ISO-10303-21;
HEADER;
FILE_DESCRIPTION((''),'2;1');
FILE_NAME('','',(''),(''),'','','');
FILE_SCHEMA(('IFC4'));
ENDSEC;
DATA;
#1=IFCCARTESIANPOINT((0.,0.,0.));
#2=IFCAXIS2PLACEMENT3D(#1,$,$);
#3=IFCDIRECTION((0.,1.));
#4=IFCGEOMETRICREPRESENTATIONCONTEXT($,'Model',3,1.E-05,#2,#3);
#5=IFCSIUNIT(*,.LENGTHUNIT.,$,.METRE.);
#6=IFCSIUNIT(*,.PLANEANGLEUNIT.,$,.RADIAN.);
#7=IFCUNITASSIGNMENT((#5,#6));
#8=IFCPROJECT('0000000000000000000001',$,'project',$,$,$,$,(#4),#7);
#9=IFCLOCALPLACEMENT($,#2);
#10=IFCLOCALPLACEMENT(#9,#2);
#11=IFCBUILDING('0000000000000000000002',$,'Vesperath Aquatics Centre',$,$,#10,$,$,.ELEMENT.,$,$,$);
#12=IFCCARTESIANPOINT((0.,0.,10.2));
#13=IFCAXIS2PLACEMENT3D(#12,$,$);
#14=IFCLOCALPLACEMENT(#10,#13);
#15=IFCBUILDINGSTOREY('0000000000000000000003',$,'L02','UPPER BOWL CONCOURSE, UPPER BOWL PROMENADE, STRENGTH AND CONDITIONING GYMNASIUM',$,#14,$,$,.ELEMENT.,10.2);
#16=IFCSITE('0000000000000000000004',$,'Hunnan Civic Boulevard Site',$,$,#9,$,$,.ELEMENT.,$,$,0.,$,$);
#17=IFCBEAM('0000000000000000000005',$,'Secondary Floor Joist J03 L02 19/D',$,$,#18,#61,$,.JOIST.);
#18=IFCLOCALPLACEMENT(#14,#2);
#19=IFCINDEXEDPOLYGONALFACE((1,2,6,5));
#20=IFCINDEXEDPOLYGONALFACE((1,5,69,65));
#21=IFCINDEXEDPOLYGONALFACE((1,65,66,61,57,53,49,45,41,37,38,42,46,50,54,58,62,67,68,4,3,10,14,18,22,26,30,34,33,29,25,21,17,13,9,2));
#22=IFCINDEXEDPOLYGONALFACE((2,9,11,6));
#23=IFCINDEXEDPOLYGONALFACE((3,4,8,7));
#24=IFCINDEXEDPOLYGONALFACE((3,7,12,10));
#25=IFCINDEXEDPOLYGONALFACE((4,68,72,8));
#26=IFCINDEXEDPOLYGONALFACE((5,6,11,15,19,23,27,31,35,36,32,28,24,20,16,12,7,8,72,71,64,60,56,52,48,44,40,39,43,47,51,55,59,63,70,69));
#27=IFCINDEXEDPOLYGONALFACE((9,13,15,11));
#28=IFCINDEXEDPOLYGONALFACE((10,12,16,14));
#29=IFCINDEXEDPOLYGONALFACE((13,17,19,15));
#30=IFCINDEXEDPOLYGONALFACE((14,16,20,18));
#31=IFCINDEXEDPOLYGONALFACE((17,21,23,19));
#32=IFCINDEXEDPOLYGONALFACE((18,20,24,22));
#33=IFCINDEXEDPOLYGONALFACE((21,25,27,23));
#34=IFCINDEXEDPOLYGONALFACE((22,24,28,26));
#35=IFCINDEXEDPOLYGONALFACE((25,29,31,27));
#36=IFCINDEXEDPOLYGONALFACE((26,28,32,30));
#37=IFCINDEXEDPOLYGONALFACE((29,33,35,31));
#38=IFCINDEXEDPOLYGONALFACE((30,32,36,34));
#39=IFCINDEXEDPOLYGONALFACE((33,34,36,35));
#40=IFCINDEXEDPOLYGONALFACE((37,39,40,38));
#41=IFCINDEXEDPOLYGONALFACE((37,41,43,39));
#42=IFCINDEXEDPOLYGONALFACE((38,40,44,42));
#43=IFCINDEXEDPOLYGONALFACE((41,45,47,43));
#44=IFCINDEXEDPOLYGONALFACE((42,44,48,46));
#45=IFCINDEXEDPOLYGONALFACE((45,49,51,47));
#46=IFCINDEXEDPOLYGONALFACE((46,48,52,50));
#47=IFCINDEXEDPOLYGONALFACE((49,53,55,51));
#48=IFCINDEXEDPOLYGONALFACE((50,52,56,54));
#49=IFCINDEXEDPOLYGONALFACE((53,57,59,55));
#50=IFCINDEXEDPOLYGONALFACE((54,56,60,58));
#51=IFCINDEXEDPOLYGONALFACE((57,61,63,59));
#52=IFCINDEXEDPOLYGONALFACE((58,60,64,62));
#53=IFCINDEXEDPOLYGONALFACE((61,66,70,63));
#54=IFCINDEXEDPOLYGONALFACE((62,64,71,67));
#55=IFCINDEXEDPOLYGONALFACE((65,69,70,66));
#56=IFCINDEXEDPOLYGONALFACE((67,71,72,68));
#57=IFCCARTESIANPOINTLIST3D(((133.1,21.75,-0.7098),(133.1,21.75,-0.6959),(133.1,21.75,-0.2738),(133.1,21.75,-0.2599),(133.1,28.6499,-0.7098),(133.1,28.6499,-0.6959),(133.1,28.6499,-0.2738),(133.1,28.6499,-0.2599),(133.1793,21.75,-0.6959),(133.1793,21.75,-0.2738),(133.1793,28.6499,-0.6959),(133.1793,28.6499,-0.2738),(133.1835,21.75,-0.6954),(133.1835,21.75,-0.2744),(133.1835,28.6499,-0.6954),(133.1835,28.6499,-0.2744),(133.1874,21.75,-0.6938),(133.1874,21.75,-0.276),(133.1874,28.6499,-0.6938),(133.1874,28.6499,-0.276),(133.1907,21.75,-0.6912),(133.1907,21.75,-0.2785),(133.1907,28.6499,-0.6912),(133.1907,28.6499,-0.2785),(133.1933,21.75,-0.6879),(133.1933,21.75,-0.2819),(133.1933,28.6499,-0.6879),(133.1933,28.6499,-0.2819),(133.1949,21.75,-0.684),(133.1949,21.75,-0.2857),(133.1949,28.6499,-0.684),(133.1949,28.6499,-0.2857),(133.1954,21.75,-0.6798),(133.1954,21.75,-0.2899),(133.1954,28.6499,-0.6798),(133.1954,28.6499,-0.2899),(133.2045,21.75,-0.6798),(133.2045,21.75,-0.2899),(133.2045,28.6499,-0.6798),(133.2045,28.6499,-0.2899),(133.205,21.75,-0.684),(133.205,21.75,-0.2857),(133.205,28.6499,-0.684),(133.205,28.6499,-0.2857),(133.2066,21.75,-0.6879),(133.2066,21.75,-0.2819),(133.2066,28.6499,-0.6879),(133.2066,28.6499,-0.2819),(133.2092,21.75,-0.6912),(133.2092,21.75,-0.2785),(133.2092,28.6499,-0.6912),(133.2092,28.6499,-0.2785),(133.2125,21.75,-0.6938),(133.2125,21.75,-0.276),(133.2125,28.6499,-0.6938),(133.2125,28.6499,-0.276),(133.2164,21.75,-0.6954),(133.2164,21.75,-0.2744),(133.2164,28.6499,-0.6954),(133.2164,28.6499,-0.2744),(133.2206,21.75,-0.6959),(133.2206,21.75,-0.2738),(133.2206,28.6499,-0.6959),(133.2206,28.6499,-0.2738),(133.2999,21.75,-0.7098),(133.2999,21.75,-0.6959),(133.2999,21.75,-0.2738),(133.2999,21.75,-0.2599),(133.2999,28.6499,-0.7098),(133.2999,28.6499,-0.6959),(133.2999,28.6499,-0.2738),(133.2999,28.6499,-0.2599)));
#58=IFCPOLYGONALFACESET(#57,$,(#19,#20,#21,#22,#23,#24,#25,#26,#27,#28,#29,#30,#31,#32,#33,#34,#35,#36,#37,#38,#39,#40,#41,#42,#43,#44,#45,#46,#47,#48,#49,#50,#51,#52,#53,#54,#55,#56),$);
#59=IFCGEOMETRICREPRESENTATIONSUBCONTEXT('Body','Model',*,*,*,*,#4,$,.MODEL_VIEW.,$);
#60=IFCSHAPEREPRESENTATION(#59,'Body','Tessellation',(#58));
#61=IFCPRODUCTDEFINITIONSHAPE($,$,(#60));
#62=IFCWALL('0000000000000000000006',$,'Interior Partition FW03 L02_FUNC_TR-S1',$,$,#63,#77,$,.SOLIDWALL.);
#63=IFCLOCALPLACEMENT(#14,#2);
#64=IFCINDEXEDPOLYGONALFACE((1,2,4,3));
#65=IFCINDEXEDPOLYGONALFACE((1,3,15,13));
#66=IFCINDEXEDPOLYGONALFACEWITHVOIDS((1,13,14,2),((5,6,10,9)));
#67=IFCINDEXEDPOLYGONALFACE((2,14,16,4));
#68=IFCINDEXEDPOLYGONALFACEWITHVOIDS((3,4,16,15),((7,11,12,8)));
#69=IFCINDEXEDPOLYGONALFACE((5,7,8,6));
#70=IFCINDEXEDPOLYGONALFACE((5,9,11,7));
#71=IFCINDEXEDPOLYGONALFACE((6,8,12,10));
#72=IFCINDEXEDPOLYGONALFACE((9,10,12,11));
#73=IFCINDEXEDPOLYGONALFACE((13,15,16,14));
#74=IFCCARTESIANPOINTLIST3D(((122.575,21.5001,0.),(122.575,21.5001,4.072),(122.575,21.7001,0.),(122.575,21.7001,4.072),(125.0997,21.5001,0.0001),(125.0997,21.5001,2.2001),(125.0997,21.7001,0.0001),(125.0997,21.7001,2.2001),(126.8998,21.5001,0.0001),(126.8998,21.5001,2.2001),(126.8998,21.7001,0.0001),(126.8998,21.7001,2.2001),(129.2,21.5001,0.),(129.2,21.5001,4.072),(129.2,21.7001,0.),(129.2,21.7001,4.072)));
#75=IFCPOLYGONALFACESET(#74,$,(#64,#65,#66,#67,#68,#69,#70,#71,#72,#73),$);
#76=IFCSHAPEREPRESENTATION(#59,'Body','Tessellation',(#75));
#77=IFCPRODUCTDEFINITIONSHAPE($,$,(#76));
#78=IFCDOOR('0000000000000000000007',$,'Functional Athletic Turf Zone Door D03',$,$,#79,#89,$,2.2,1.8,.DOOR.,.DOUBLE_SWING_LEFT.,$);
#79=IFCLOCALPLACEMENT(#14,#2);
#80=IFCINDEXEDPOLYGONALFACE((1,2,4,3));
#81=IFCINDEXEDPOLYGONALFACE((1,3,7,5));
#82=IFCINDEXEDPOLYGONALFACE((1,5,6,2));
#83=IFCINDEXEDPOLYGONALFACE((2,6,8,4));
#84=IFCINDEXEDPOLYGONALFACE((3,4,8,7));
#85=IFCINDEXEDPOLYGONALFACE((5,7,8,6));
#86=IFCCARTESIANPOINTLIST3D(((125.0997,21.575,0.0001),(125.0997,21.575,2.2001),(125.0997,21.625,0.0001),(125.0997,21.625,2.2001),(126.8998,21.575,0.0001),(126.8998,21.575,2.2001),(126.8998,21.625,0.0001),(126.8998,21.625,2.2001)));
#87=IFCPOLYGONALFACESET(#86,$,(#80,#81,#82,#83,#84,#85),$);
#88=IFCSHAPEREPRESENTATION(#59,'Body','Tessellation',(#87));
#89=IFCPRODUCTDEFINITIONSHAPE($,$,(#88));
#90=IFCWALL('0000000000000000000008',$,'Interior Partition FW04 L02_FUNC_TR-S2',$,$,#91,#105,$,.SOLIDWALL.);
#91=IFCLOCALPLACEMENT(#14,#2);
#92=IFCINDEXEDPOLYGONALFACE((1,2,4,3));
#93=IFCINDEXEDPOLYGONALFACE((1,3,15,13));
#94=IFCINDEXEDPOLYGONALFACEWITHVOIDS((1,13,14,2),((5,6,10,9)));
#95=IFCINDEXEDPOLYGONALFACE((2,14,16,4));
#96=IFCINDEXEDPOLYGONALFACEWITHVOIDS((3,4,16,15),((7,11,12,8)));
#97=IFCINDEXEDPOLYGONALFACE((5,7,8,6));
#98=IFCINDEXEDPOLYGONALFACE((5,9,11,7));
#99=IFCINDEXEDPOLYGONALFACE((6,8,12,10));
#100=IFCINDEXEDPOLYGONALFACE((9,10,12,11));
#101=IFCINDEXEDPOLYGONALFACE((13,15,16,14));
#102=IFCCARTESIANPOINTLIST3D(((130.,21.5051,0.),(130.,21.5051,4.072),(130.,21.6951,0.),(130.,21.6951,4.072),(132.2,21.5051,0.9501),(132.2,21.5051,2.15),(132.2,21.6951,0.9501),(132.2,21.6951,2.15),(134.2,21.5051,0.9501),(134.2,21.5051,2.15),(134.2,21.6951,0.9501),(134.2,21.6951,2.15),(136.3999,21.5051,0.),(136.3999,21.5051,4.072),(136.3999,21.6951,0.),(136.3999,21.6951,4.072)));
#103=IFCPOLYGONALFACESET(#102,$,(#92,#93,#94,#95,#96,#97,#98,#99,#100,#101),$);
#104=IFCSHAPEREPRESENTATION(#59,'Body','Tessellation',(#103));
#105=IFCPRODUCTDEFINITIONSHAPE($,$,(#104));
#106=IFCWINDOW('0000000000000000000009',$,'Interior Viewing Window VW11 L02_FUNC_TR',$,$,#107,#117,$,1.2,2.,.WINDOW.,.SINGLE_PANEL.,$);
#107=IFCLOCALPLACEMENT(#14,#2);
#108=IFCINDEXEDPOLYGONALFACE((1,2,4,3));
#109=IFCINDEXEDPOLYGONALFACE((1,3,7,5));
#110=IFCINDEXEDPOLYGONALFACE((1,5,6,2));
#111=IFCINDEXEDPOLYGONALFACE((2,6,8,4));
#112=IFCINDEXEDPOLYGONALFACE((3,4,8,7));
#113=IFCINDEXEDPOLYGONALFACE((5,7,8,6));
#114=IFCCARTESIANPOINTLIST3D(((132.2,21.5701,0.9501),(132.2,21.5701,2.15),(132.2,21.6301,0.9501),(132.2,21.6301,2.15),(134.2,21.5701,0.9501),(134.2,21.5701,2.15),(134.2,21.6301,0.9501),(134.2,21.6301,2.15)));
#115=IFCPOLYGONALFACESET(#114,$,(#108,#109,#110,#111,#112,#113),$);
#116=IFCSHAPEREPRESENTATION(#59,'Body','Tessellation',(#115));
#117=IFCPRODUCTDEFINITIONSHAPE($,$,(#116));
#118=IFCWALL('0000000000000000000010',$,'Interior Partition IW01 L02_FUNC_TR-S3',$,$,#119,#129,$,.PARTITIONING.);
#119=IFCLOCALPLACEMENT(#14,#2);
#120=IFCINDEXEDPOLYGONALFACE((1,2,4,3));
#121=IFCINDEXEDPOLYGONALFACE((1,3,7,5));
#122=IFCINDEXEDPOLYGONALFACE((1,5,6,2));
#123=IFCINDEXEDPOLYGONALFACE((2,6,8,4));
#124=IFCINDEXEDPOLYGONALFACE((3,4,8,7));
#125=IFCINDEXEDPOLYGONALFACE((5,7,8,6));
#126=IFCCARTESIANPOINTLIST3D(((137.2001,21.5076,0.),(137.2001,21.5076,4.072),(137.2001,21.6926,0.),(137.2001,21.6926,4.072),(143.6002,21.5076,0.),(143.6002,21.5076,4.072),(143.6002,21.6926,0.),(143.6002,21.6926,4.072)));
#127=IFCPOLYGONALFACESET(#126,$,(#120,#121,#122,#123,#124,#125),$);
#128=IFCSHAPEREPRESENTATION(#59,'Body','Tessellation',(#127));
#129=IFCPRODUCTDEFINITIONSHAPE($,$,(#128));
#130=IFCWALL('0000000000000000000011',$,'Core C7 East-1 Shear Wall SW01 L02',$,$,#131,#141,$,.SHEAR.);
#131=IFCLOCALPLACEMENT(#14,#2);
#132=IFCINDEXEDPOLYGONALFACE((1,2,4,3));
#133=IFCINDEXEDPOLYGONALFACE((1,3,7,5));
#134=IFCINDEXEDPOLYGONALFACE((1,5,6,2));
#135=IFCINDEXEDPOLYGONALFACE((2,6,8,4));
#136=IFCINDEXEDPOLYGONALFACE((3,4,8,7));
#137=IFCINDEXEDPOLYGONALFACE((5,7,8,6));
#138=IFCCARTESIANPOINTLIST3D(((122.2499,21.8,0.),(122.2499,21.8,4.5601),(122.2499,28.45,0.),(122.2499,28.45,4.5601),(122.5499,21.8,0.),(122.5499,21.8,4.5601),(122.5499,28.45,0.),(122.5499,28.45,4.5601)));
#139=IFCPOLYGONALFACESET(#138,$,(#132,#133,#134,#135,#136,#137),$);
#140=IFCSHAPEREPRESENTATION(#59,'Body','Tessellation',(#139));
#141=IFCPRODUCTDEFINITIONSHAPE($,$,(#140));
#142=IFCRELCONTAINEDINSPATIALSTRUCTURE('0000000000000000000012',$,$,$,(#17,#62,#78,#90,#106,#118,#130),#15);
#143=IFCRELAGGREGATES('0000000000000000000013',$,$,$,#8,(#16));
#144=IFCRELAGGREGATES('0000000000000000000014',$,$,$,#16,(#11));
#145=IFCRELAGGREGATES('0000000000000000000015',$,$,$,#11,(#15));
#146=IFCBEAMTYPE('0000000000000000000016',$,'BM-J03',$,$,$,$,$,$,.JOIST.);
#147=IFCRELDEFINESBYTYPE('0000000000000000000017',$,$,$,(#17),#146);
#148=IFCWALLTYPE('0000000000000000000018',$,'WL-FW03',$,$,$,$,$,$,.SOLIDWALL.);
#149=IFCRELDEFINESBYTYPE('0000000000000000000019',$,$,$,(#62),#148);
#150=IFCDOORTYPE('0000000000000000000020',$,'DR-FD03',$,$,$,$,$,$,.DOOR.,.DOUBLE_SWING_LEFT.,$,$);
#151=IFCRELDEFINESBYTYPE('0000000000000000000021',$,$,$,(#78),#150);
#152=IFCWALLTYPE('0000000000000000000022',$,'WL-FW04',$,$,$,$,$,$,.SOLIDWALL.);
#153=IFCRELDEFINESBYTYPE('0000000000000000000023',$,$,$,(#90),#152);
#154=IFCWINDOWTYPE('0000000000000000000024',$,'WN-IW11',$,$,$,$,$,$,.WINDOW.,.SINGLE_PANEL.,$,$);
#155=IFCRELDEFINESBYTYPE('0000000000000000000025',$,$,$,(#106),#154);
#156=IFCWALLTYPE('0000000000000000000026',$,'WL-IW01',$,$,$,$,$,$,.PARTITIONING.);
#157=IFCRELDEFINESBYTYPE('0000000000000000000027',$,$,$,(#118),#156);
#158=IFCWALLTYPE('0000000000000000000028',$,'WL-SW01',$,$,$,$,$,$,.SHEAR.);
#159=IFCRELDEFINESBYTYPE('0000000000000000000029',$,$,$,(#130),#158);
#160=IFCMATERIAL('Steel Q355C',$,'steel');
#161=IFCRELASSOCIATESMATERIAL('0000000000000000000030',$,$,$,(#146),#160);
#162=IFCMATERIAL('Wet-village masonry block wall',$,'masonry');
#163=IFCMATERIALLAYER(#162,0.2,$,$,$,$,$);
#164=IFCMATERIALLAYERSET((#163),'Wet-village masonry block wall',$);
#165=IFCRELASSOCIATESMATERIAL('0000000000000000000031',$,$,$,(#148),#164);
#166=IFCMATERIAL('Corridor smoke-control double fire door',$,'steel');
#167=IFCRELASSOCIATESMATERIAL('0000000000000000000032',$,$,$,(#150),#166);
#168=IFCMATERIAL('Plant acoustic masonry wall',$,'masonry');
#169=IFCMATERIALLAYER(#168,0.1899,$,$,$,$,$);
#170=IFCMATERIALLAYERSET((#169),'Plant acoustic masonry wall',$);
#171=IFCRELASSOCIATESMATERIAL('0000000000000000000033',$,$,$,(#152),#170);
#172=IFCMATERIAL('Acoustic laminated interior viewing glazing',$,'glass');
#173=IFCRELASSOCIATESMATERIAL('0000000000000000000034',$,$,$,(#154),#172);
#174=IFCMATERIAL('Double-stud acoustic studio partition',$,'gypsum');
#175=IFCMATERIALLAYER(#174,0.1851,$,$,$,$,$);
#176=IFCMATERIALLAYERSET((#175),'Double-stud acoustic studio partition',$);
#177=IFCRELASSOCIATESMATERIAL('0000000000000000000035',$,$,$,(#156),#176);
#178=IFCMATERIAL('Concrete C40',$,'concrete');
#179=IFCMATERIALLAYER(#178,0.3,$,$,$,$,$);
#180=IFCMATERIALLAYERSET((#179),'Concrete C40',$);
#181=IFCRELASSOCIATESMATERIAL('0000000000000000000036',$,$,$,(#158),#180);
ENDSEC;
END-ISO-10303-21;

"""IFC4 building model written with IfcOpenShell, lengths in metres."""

from ifc_helpers import new_model, si_unit, direction, frame, frame_2d, origin, origin_2d, place, context, subcontext, project, spatial, rectangle, i_section, extrude, material, layer, layer_set, material_profile, profile_set, type_object, element, fill, save


model = new_model("IFC4")

# Units and contexts
model_context = context("Model", 3, precision=1e-05, world=origin(), true_north=direction((0.0, 1.0)))
body_context = subcontext(model_context, "Body", "Model", "MODEL_VIEW")
ifc_project = project(units=[si_unit("LENGTHUNIT", "METRE"), si_unit("PLANEANGLEUNIT", "RADIAN")], contexts=[model_context])

# Site, building, storey
site_placement = place(None, origin())
site = spatial("IfcSite", under=ifc_project, at=site_placement, Name="Hunnan Civic Boulevard Site", CompositionType="ELEMENT", RefElevation=0.0)
building_placement = place(site_placement, origin())
building = spatial("IfcBuilding", under=site, at=building_placement, Name="Vesperath Aquatics Centre", CompositionType="ELEMENT")
storey_placement = place(building_placement, frame((0.0, 0.0, 10.2)))
storey = spatial("IfcBuildingStorey", under=building, at=storey_placement, Name="L02", Description="UPPER BOWL CONCOURSE, UPPER BOWL PROMENADE, STRENGTH AND CONDITIONING GYMNASIUM", CompositionType="ELEMENT", Elevation=10.2)

# Shared definitions
ifc_material_1 = material(Name="Concrete C40", Category="concrete")

# Beam
ifc_material_2 = material(Name="Steel Q355C", Category="steel")
ifc_material_profile_1 = material_profile(ifc_material_2, i_section(OverallWidth=0.2, OverallDepth=0.45, WebThickness=0.009, FlangeThickness=0.0139, FilletRadius=0.0161, at=origin_2d()), Name="HN 450x200x9x14")
ifc_profile_set_1 = profile_set([ifc_material_profile_1], Name="Steel Q355C")
beam_type_1 = type_object("IfcBeamType", Name="BM-J03", PredefinedType="JOIST", material=ifc_profile_set_1)
for number, where, z_axis, x_axis, name in (
    (1, (133.2, 21.75, -0.4849), (0.0, 1.0, 0.0), (-1.0, 0.0, 0.0), "Secondary Floor Joist J03 L02 19/D"),
):
    element("IfcBeam", number, at=place(storey_placement, frame(where, z_axis=z_axis, x_axis=x_axis)), inside=storey, type_object=beam_type_1, Name=name, PredefinedType="JOIST", context=body_context, shape_type="SweptSolid", body=[
        extrude(i_section(OverallWidth=0.2, OverallDepth=0.45, WebThickness=0.009, FlangeThickness=0.0139, FilletRadius=0.0161, at=origin_2d()), origin(), (0.0, 0.0, 1.0), 6.8999),
    ])

# Wall, opening, door
ifc_material_3 = material(Name="Wet-village masonry block wall", Category="masonry")
ifc_layer_1 = layer(ifc_material_3, 0.2)
ifc_layer_set_1 = layer_set([ifc_layer_1], Name="Wet-village masonry block wall")
wall_type_1 = type_object("IfcWallType", Name="WL-FW03", PredefinedType="SOLIDWALL", material=ifc_layer_set_1)
wall_1_placement = place(storey_placement, frame((122.575, 21.6001, 0.0), z_axis=(0.0, 0.0, 1.0), x_axis=(1.0, 0.0, 0.0)))
wall_1 = element("IfcWall", 2, at=wall_1_placement, inside=storey, type_object=wall_type_1, Name="Interior Partition FW03 L02_FUNC_TR-S1", PredefinedType="SOLIDWALL", context=body_context, shape_type="SweptSolid", body=[
    extrude(rectangle(XDim=6.625, YDim=0.2, at=frame_2d((3.3125, 0.0))), origin(), (0.0, 0.0, 1.0), 4.072),
])
opening_1_placement = place(wall_1_placement, frame((2.5249, 0.0, 0.0)))
opening_1 = element("IfcOpeningElement", 3, at=opening_1_placement, cuts=wall_1, PredefinedType="OPENING", context=body_context, shape_type="SweptSolid", body=[
    extrude(rectangle(XDim=1.8, YDim=2.2, at=frame_2d((0.8999, 1.1001))), frame((0.0, 0.1147, 0.0), z_axis=(0.0, -1.0, 0.0), x_axis=(1.0, 0.0, 0.0)), (0.0, 0.0, 1.0), 0.2297),
])
ifc_material_4 = material(Name="Corridor smoke-control double fire door", Category="steel")
door_type = type_object("IfcDoorType", Name="DR-FD03", OperationType="DOUBLE_SWING_LEFT", PredefinedType="DOOR", material=ifc_material_4)
door_placement = place(opening_1_placement, origin())
door = element("IfcDoor", 4, at=door_placement, inside=storey, type_object=door_type, Name="Functional Athletic Turf Zone Door D03", OperationType="DOUBLE_SWING_LEFT", OverallHeight=2.2, OverallWidth=1.8, PredefinedType="DOOR", context=body_context, shape_type="SweptSolid", body=[
    extrude(rectangle(XDim=1.8, YDim=2.2, at=frame_2d((0.8999, 1.1001))), frame((0.0, 0.0249, 0.0), z_axis=(0.0, -1.0, 0.0), x_axis=(1.0, 0.0, 0.0)), (0.0, 0.0, 1.0), 0.05),
])
fill(opening_1, door)

# Wall, opening, window
ifc_material_5 = material(Name="Plant acoustic masonry wall", Category="masonry")
ifc_layer_2 = layer(ifc_material_5, 0.1899)
ifc_layer_set_2 = layer_set([ifc_layer_2], Name="Plant acoustic masonry wall")
wall_type_2 = type_object("IfcWallType", Name="WL-FW04", PredefinedType="SOLIDWALL", material=ifc_layer_set_2)
wall_2_placement = place(storey_placement, frame((130.0, 21.6001, 0.0), z_axis=(0.0, 0.0, 1.0), x_axis=(1.0, 0.0, 0.0)))
wall_2 = element("IfcWall", 5, at=wall_2_placement, inside=storey, type_object=wall_type_2, Name="Interior Partition FW04 L02_FUNC_TR-S2", PredefinedType="SOLIDWALL", context=body_context, shape_type="SweptSolid", body=[
    extrude(rectangle(XDim=6.3999, YDim=0.1899, at=frame_2d((3.2, 0.0))), origin(), (0.0, 0.0, 1.0), 4.072),
])
opening_2_placement = place(wall_2_placement, frame((2.2, 0.0, 0.95)))
opening_2 = element("IfcOpeningElement", 6, at=opening_2_placement, cuts=wall_2, PredefinedType="OPENING", context=body_context, shape_type="SweptSolid", body=[
    extrude(rectangle(XDim=2.0, YDim=1.2, at=frame_2d((1.0, 0.6001))), frame((0.0, 0.1099, 0.0), z_axis=(0.0, -1.0, 0.0), x_axis=(1.0, 0.0, 0.0)), (0.0, 0.0, 1.0), 0.2197),
])
ifc_material_6 = material(Name="Acoustic laminated interior viewing glazing", Category="glass")
window_type = type_object("IfcWindowType", Name="WN-IW11", PartitioningType="SINGLE_PANEL", PredefinedType="WINDOW", material=ifc_material_6)
window_placement = place(opening_2_placement, origin())
window = element("IfcWindow", 7, at=window_placement, inside=storey, type_object=window_type, Name="Interior Viewing Window VW11 L02_FUNC_TR", OverallHeight=1.2, OverallWidth=2.0, PartitioningType="SINGLE_PANEL", PredefinedType="WINDOW", context=body_context, shape_type="SweptSolid", body=[
    extrude(rectangle(XDim=2.0, YDim=1.2, at=frame_2d((1.0, 0.6001))), frame((0.0, 0.03, 0.0), z_axis=(0.0, -1.0, 0.0), x_axis=(1.0, 0.0, 0.0)), (0.0, 0.0, 1.0), 0.0601),
])
fill(opening_2, window)

# Walls
ifc_material_7 = material(Name="Double-stud acoustic studio partition", Category="gypsum")
ifc_layer_3 = layer(ifc_material_7, 0.1851)
ifc_layer_set_3 = layer_set([ifc_layer_3], Name="Double-stud acoustic studio partition")
wall_type_3 = type_object("IfcWallType", Name="WL-IW01", PredefinedType="PARTITIONING", material=ifc_layer_set_3)
wall_3_placement = place(storey_placement, frame((137.2, 21.6001, 0.0), z_axis=(0.0, 0.0, 1.0), x_axis=(1.0, 0.0, 0.0)))
element("IfcWall", 8, at=wall_3_placement, inside=storey, type_object=wall_type_3, Name="Interior Partition IW01 L02_FUNC_TR-S3", PredefinedType="PARTITIONING", context=body_context, shape_type="SweptSolid", body=[
    extrude(rectangle(XDim=6.4001, YDim=0.1851, at=frame_2d((3.2002, 0.0))), origin(), (0.0, 0.0, 1.0), 4.072),
])
ifc_layer_4 = layer(ifc_material_1, 0.3)
ifc_layer_set_4 = layer_set([ifc_layer_4], Name="Concrete C40")
wall_type_4 = type_object("IfcWallType", Name="WL-SW01", PredefinedType="SHEAR", material=ifc_layer_set_4)
wall_4_placement = place(storey_placement, frame((122.3999, 21.8, 0.0), z_axis=(0.0, 0.0, 1.0), x_axis=(0.0, 1.0, 0.0)))
element("IfcWall", 9, at=wall_4_placement, inside=storey, type_object=wall_type_4, Name="Core C7 East-1 Shear Wall SW01 L02", PredefinedType="SHEAR", context=body_context, shape_type="SweptSolid", body=[
    extrude(rectangle(XDim=6.6499, YDim=0.3, at=frame_2d((3.325, 0.0))), origin(), (0.0, 0.0, 1.0), 4.5601),
])

save(model, "model.ifc")
